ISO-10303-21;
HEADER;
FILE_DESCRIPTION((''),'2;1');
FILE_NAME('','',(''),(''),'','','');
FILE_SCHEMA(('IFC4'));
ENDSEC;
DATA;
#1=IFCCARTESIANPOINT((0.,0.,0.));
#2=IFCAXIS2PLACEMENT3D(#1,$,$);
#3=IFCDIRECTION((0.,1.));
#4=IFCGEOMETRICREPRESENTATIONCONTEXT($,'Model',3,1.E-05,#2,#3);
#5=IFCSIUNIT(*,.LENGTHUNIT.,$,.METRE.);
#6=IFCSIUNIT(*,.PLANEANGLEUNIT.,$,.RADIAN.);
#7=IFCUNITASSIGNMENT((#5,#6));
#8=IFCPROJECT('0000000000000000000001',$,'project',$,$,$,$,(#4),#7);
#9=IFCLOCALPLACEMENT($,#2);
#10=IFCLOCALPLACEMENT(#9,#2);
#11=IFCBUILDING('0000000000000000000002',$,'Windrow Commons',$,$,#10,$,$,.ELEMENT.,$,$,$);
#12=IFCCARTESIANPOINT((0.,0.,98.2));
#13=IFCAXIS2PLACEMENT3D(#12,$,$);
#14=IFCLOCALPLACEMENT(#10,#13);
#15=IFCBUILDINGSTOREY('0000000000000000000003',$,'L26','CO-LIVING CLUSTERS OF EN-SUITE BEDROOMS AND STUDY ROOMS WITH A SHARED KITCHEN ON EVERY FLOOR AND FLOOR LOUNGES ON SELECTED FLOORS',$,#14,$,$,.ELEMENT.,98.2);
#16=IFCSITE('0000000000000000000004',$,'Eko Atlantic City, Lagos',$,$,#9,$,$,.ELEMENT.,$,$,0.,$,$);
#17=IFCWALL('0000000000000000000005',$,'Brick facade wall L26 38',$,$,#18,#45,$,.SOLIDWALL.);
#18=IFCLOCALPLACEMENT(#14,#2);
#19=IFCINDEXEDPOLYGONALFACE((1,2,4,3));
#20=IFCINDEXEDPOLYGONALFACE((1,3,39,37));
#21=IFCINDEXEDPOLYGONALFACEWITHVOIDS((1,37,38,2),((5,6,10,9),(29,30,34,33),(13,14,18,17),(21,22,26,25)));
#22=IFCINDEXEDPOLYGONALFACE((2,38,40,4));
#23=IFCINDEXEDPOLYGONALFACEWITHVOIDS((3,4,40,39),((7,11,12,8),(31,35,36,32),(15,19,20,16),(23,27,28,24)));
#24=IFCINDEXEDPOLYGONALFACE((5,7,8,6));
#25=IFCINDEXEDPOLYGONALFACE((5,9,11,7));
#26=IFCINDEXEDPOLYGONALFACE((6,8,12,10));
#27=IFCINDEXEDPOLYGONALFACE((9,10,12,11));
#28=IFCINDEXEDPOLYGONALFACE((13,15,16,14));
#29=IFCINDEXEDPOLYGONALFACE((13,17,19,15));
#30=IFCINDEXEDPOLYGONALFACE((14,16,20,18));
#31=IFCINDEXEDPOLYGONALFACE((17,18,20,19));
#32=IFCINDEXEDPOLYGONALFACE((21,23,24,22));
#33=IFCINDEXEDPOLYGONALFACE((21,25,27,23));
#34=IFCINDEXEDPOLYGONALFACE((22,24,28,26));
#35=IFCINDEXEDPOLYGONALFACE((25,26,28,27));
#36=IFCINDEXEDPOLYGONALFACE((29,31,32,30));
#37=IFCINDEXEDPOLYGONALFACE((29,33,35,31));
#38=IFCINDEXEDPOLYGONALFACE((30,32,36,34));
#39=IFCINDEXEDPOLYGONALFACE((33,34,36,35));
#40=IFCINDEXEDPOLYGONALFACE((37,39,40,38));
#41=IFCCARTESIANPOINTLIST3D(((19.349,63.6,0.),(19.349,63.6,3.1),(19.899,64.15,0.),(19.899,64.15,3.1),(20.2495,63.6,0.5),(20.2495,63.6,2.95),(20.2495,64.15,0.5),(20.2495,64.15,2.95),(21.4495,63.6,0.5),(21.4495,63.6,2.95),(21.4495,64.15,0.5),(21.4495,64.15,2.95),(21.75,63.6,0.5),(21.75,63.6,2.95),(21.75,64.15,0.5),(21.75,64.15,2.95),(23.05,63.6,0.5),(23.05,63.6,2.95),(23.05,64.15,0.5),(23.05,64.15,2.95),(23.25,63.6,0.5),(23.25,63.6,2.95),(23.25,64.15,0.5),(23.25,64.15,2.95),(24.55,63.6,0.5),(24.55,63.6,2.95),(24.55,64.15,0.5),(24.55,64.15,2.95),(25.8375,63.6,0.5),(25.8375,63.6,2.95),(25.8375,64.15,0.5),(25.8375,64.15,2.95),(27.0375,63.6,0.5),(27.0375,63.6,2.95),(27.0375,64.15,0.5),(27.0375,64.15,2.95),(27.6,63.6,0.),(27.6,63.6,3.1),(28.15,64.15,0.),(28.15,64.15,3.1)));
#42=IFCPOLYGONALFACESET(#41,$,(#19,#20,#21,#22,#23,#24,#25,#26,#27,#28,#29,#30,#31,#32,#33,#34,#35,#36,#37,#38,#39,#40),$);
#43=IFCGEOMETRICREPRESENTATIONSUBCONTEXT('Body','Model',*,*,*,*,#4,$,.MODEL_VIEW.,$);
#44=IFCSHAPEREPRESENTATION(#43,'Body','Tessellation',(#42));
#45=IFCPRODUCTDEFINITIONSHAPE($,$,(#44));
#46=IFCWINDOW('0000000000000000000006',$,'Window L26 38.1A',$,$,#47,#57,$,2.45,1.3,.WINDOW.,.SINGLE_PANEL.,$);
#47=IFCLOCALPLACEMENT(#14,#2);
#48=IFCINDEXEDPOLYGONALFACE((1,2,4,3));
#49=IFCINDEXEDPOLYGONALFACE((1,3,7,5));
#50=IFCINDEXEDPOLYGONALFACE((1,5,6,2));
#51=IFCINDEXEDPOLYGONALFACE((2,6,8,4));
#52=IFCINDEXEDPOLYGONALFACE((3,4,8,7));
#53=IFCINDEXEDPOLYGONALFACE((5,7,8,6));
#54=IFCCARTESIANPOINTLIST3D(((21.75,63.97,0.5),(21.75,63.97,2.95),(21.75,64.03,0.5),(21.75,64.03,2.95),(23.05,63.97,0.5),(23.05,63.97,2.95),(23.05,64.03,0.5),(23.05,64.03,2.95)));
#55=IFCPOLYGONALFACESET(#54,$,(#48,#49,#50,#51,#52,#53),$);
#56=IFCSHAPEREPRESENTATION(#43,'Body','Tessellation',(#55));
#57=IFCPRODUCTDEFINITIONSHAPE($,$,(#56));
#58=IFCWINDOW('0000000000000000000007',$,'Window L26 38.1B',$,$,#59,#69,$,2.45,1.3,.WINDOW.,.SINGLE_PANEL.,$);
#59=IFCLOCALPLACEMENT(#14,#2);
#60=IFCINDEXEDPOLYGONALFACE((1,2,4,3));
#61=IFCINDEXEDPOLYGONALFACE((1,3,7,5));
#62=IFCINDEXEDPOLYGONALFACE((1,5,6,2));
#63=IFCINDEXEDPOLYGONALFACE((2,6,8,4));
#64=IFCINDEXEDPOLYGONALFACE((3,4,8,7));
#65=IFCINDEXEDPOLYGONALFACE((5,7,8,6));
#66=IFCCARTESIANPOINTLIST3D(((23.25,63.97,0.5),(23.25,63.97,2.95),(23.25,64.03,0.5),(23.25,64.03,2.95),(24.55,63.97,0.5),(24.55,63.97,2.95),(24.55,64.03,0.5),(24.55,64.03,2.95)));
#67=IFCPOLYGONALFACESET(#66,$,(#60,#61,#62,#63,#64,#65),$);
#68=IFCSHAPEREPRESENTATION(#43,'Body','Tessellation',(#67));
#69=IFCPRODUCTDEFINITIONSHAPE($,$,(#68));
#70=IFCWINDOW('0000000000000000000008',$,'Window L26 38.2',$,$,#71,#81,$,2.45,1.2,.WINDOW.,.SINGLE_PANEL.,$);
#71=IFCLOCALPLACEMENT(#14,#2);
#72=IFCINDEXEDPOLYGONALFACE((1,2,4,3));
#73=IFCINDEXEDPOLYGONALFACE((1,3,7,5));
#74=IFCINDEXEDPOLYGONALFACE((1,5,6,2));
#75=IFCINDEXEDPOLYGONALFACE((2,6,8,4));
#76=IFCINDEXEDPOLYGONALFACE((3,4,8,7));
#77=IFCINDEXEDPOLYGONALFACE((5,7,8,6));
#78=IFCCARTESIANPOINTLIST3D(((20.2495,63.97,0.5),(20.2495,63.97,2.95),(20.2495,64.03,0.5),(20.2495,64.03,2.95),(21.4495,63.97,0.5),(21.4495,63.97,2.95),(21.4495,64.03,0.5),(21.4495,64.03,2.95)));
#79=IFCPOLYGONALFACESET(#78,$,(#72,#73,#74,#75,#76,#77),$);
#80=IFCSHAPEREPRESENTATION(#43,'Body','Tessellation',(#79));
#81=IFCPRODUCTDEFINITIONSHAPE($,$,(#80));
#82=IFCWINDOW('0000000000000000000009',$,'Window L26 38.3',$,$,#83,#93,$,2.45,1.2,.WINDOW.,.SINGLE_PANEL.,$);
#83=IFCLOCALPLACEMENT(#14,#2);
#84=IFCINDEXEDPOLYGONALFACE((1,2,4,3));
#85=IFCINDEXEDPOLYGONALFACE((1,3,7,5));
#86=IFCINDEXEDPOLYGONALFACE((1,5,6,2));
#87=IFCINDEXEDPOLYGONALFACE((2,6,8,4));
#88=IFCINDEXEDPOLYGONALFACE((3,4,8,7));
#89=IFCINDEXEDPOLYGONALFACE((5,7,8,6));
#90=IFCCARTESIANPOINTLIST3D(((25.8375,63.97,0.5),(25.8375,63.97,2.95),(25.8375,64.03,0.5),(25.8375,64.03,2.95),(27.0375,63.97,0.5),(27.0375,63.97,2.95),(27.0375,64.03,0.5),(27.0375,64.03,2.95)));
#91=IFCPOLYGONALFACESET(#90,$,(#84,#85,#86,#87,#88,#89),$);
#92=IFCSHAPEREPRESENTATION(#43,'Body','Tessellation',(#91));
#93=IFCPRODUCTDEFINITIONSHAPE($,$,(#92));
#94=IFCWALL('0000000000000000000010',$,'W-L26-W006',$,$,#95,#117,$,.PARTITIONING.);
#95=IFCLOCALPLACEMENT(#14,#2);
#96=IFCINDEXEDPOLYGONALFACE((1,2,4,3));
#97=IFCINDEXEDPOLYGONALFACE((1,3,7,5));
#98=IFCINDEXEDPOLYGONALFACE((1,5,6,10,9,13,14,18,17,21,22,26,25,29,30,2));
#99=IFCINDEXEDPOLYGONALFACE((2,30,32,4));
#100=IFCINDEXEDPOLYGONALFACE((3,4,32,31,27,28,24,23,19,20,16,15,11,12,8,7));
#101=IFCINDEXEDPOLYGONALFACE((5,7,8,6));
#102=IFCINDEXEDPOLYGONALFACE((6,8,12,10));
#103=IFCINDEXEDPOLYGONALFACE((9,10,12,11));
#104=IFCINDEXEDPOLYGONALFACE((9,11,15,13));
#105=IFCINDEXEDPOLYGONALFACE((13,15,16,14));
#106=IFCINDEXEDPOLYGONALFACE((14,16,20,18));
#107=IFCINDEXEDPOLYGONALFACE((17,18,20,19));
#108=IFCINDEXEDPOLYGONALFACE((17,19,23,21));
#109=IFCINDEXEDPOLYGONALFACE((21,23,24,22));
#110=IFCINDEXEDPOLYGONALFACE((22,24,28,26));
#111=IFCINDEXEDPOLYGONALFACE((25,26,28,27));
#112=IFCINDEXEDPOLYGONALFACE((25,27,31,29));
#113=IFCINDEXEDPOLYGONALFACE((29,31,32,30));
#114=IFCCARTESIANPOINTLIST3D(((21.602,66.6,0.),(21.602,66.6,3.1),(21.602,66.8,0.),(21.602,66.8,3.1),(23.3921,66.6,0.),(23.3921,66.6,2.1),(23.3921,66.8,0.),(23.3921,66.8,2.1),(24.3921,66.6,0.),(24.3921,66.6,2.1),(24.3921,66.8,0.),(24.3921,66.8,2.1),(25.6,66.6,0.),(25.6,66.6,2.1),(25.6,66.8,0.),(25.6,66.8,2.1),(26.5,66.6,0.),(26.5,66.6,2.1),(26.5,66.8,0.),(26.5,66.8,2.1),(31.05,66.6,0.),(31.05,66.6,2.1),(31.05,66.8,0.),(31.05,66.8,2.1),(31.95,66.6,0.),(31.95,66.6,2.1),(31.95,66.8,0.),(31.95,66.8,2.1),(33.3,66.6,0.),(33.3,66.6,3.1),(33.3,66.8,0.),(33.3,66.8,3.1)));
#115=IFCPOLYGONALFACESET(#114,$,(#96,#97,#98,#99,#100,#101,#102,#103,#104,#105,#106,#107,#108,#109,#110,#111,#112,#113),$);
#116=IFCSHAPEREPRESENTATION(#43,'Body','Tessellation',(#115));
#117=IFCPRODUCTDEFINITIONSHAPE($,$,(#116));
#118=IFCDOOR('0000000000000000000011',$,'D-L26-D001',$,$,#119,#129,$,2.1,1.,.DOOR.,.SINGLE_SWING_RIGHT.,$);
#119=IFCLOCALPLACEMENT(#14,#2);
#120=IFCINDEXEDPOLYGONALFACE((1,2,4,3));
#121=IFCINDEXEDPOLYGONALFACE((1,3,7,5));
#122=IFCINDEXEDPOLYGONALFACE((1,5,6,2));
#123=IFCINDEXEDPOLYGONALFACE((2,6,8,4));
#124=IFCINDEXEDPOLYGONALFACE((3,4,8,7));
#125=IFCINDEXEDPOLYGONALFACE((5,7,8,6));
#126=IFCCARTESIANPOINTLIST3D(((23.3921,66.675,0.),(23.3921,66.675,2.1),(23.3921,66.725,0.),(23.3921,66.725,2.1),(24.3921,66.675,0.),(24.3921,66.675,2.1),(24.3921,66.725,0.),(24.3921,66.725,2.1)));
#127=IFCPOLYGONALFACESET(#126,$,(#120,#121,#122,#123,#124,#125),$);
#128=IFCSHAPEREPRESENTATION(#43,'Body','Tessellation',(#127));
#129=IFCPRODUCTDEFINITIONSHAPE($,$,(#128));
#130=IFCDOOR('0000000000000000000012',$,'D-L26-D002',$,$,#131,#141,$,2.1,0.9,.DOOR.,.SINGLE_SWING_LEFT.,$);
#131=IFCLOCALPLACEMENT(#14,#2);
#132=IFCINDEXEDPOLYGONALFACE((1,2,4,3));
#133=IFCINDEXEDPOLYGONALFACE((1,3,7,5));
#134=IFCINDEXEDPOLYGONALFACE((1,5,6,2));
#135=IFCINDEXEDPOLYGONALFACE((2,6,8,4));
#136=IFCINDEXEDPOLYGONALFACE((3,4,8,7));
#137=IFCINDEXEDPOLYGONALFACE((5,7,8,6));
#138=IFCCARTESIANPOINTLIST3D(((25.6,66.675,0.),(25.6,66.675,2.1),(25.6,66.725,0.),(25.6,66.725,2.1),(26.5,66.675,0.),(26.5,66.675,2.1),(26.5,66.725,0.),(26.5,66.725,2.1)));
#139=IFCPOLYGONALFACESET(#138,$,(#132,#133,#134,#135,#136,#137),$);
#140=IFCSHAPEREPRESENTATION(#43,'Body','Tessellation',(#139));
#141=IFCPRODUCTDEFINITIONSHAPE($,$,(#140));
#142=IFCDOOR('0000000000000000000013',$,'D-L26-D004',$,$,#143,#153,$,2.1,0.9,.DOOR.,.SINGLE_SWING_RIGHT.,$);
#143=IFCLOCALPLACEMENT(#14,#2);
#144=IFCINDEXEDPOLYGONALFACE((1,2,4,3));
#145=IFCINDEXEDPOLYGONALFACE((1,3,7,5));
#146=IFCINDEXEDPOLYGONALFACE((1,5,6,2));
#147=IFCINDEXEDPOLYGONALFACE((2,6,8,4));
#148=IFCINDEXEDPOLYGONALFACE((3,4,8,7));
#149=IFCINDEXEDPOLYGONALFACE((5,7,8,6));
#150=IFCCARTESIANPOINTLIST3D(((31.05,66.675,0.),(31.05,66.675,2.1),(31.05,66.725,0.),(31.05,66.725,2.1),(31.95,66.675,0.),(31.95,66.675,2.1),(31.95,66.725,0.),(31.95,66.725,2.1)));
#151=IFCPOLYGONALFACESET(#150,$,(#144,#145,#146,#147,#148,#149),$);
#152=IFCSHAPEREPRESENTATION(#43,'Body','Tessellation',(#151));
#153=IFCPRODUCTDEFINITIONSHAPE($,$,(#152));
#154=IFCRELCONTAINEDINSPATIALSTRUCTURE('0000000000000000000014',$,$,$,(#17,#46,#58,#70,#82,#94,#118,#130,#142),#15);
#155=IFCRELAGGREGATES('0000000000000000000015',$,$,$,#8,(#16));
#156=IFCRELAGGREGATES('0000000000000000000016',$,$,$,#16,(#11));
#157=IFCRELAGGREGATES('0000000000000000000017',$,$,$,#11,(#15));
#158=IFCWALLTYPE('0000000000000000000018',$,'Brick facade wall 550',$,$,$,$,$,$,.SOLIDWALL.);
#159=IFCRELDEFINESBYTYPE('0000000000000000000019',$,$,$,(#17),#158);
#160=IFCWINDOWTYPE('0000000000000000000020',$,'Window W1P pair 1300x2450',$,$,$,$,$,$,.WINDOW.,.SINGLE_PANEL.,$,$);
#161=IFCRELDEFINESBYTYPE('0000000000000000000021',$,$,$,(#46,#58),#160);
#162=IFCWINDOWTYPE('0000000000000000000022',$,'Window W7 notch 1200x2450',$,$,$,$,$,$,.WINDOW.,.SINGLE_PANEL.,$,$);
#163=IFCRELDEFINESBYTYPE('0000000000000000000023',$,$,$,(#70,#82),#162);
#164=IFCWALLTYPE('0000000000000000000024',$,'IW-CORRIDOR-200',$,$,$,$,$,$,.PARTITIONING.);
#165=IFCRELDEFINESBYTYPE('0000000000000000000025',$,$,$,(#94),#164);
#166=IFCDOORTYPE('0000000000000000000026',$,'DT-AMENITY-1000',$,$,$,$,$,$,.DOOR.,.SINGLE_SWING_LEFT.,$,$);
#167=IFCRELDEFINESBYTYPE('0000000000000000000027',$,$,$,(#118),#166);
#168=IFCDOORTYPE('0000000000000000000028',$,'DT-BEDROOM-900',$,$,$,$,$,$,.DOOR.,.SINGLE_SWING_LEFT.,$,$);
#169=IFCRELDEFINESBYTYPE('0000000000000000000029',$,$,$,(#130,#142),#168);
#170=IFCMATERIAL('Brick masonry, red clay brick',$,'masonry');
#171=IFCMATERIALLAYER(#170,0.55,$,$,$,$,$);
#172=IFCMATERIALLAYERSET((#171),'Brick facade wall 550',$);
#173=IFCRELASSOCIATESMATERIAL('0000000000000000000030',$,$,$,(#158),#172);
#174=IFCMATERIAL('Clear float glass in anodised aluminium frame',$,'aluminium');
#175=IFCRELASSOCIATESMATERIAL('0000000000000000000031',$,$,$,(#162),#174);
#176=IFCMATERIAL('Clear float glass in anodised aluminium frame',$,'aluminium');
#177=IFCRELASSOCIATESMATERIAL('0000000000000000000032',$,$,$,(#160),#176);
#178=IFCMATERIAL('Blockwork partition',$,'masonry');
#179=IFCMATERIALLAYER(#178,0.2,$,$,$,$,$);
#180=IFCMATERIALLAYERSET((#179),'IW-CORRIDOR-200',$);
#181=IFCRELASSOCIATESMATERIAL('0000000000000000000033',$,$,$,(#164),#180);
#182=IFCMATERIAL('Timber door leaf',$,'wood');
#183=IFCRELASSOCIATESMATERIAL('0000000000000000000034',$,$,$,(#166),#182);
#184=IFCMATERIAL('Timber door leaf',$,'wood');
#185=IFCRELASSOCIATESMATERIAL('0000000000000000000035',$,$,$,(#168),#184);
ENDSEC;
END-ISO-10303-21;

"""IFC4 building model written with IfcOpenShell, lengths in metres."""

from ifc_helpers import new_model, si_unit, direction, frame, frame_2d, origin, place, context, subcontext, project, spatial, polyline, rectangle, outline, extrude, material, layer, layer_set, type_object, element, fill, save


model = new_model("IFC4")

# Units and contexts
model_context = context("Model", 3, precision=1e-05, world=origin(), true_north=direction((0.0, 1.0)))
body_context = subcontext(model_context, "Body", "Model", "MODEL_VIEW")
ifc_project = project(units=[si_unit("LENGTHUNIT", "METRE"), si_unit("PLANEANGLEUNIT", "RADIAN")], contexts=[model_context])

# Site, building, storey
site_placement = place(None, origin())
site = spatial("IfcSite", under=ifc_project, at=site_placement, Name="Eko Atlantic City, Lagos", CompositionType="ELEMENT", RefElevation=0.0)
building_placement = place(site_placement, origin())
building = spatial("IfcBuilding", under=site, at=building_placement, Name="Windrow Commons", CompositionType="ELEMENT")
storey_placement = place(building_placement, frame((0.0, 0.0, 98.2)))
storey = spatial("IfcBuildingStorey", under=building, at=storey_placement, Name="L26", Description="CO-LIVING CLUSTERS OF EN-SUITE BEDROOMS AND STUDY ROOMS WITH A SHARED KITCHEN ON EVERY FLOOR AND FLOOR LOUNGES ON SELECTED FLOORS", CompositionType="ELEMENT", Elevation=98.2)

# Shared definitions
ifc_material_1 = material(Name="Brick masonry, red clay brick", Category="masonry")
ifc_layer_1 = layer(ifc_material_1, 0.55)
ifc_layer_set_1 = layer_set([ifc_layer_1], Name="Brick facade wall 550")
wall_type_1 = type_object("IfcWallType", Name="Brick facade wall 550", PredefinedType="SOLIDWALL", material=ifc_layer_set_1)
ifc_material_2 = material(Name="Clear float glass in anodised aluminium frame", Category="aluminium")
window_type_1 = type_object("IfcWindowType", Name="Window W7 notch 1200x2450", PartitioningType="SINGLE_PANEL", PredefinedType="WINDOW", material=ifc_material_2)

# Wall, openings, windows
ifc_material_3 = material(Name="Clear float glass in anodised aluminium frame", Category="aluminium")
window_type_2 = type_object("IfcWindowType", Name="Window W1P pair 1300x2450", PartitioningType="SINGLE_PANEL", PredefinedType="WINDOW", material=ifc_material_3)
wall_1_placement = place(storey_placement, frame((19.624, 63.875, 0.0), z_axis=(0.0, 0.0, 1.0), x_axis=(1.0, 0.0, 0.0)))
wall_1 = element("IfcWall", 1, at=wall_1_placement, inside=storey, type_object=wall_type_1, Name="Brick facade wall L26 38", PredefinedType="SOLIDWALL", context=body_context, shape_type="SweptSolid", body=[
    extrude(outline(polyline([(-0.275, -0.275), (7.976, -0.275), (8.526, 0.275), (0.275, 0.275), (-0.275, -0.275)])), origin(), (0.0, 0.0, 1.0), 3.1),
])
opening_1_placement = place(wall_1_placement, frame((2.126, 0.0, 0.5)))
opening_1 = element("IfcOpeningElement", 2, at=opening_1_placement, cuts=wall_1, PredefinedType="OPENING", context=body_context, shape_type="SweptSolid", body=[
    extrude(rectangle(XDim=1.3, YDim=2.45, at=frame_2d((0.65, 1.225))), frame((0.0, 0.285, 0.0), z_axis=(0.0, -1.0, 0.0), x_axis=(1.0, 0.0, 0.0)), (0.0, 0.0, 1.0), 0.57),
])
opening_2_placement = place(wall_1_placement, frame((3.626, 0.0, 0.5)))
opening_2 = element("IfcOpeningElement", 3, at=opening_2_placement, cuts=wall_1, PredefinedType="OPENING", context=body_context, shape_type="SweptSolid", body=[
    extrude(rectangle(XDim=1.3, YDim=2.45, at=frame_2d((0.65, 1.225))), frame((0.0, 0.285, 0.0), z_axis=(0.0, -1.0, 0.0), x_axis=(1.0, 0.0, 0.0)), (0.0, 0.0, 1.0), 0.57),
])
opening_3_placement = place(wall_1_placement, frame((0.6255, 0.0, 0.5)))
opening_3 = element("IfcOpeningElement", 4, at=opening_3_placement, cuts=wall_1, PredefinedType="OPENING", context=body_context, shape_type="SweptSolid", body=[
    extrude(rectangle(XDim=1.2, YDim=2.45, at=frame_2d((0.6, 1.225))), frame((0.0, 0.285, 0.0), z_axis=(0.0, -1.0, 0.0), x_axis=(1.0, 0.0, 0.0)), (0.0, 0.0, 1.0), 0.57),
])
opening_4_placement = place(wall_1_placement, frame((6.2135, 0.0, 0.5)))
opening_4 = element("IfcOpeningElement", 5, at=opening_4_placement, cuts=wall_1, PredefinedType="OPENING", context=body_context, shape_type="SweptSolid", body=[
    extrude(rectangle(XDim=1.2, YDim=2.45, at=frame_2d((0.6, 1.225))), frame((0.0, 0.285, 0.0), z_axis=(0.0, -1.0, 0.0), x_axis=(1.0, 0.0, 0.0)), (0.0, 0.0, 1.0), 0.57),
])
window_1_placement = place(opening_1_placement, origin())
window_1 = element("IfcWindow", 6, at=window_1_placement, inside=storey, type_object=window_type_2, Name="Window L26 38.1A", OverallHeight=2.45, OverallWidth=1.3, PartitioningType="SINGLE_PANEL", PredefinedType="WINDOW", context=body_context, shape_type="SweptSolid", body=[
    extrude(rectangle(XDim=1.3, YDim=2.45, at=frame_2d((0.65, 1.225))), frame((0.0, 0.155, 0.0), z_axis=(0.0, -1.0, 0.0), x_axis=(1.0, 0.0, 0.0)), (0.0, 0.0, 1.0), 0.06),
])
fill(opening_1, window_1)
window_2_placement = place(opening_2_placement, origin())
window_2 = element("IfcWindow", 7, at=window_2_placement, inside=storey, type_object=window_type_2, Name="Window L26 38.1B", OverallHeight=2.45, OverallWidth=1.3, PartitioningType="SINGLE_PANEL", PredefinedType="WINDOW", context=body_context, shape_type="SweptSolid", body=[
    extrude(rectangle(XDim=1.3, YDim=2.45, at=frame_2d((0.65, 1.225))), frame((0.0, 0.155, 0.0), z_axis=(0.0, -1.0, 0.0), x_axis=(1.0, 0.0, 0.0)), (0.0, 0.0, 1.0), 0.06),
])
fill(opening_2, window_2)
window_3_placement = place(opening_3_placement, origin())
window_3 = element("IfcWindow", 8, at=window_3_placement, inside=storey, type_object=window_type_1, Name="Window L26 38.2", OverallHeight=2.45, OverallWidth=1.2, PartitioningType="SINGLE_PANEL", PredefinedType="WINDOW", context=body_context, shape_type="SweptSolid", body=[
    extrude(rectangle(XDim=1.2, YDim=2.45, at=frame_2d((0.6, 1.225))), frame((0.0, 0.155, 0.0), z_axis=(0.0, -1.0, 0.0), x_axis=(1.0, 0.0, 0.0)), (0.0, 0.0, 1.0), 0.06),
])
fill(opening_3, window_3)
window_4_placement = place(opening_4_placement, origin())
window_4 = element("IfcWindow", 9, at=window_4_placement, inside=storey, type_object=window_type_1, Name="Window L26 38.3", OverallHeight=2.45, OverallWidth=1.2, PartitioningType="SINGLE_PANEL", PredefinedType="WINDOW", context=body_context, shape_type="SweptSolid", body=[
    extrude(rectangle(XDim=1.2, YDim=2.45, at=frame_2d((0.6, 1.225))), frame((0.0, 0.155, 0.0), z_axis=(0.0, -1.0, 0.0), x_axis=(1.0, 0.0, 0.0)), (0.0, 0.0, 1.0), 0.06),
])
fill(opening_4, window_4)

# Wall, openings, doors
ifc_material_4 = material(Name="Blockwork partition", Category="masonry")
ifc_layer_2 = layer(ifc_material_4, 0.2)
ifc_layer_set_2 = layer_set([ifc_layer_2], Name="IW-CORRIDOR-200")
wall_type_2 = type_object("IfcWallType", Name="IW-CORRIDOR-200", PredefinedType="PARTITIONING", material=ifc_layer_set_2)
wall_2_placement = place(storey_placement, frame((21.602, 66.7, 0.0), z_axis=(0.0, 0.0, 1.0), x_axis=(1.0, 0.0, 0.0)))
wall_2 = element("IfcWall", 10, at=wall_2_placement, inside=storey, type_object=wall_type_2, Name="W-L26-W006", PredefinedType="PARTITIONING", context=body_context, shape_type="SweptSolid", body=[
    extrude(rectangle(XDim=11.698, YDim=0.2, at=frame_2d((5.849, 0.0))), origin(), (0.0, 0.0, 1.0), 3.1),
])
opening_5_placement = place(wall_2_placement, frame((1.7901, 0.0, 0.0)))
opening_5 = element("IfcOpeningElement", 11, at=opening_5_placement, cuts=wall_2, PredefinedType="OPENING", context=body_context, shape_type="SweptSolid", body=[
    extrude(rectangle(XDim=1.0, YDim=2.1, at=frame_2d((0.5, 1.05))), frame((0.0, 0.11, 0.0), z_axis=(0.0, -1.0, 0.0), x_axis=(1.0, 0.0, 0.0)), (0.0, 0.0, 1.0), 0.22),
])
opening_6_placement = place(wall_2_placement, frame((3.998, 0.0, 0.0)))
opening_6 = element("IfcOpeningElement", 12, at=opening_6_placement, cuts=wall_2, PredefinedType="OPENING", context=body_context, shape_type="SweptSolid", body=[
    extrude(rectangle(XDim=0.9, YDim=2.1, at=frame_2d((0.45, 1.05))), frame((0.0, 0.11, 0.0), z_axis=(0.0, -1.0, 0.0), x_axis=(1.0, 0.0, 0.0)), (0.0, 0.0, 1.0), 0.22),
])
opening_7_placement = place(wall_2_placement, frame((9.448, 0.0, 0.0)))
opening_7 = element("IfcOpeningElement", 13, at=opening_7_placement, cuts=wall_2, PredefinedType="OPENING", context=body_context, shape_type="SweptSolid", body=[
    extrude(rectangle(XDim=0.9, YDim=2.1, at=frame_2d((0.45, 1.05))), frame((0.0, 0.11, 0.0), z_axis=(0.0, -1.0, 0.0), x_axis=(1.0, 0.0, 0.0)), (0.0, 0.0, 1.0), 0.22),
])
ifc_material_5 = material(Name="Timber door leaf", Category="wood")
door_type_1 = type_object("IfcDoorType", Name="DT-AMENITY-1000", OperationType="SINGLE_SWING_LEFT", PredefinedType="DOOR", material=ifc_material_5)
door_1_placement = place(opening_5_placement, origin())
door_1 = element("IfcDoor", 14, at=door_1_placement, inside=storey, type_object=door_type_1, Name="D-L26-D001", OperationType="SINGLE_SWING_RIGHT", OverallHeight=2.1, OverallWidth=1.0, PredefinedType="DOOR", context=body_context, shape_type="SweptSolid", body=[
    extrude(rectangle(XDim=1.0, YDim=2.1, at=frame_2d((0.5, 1.05))), frame((0.0, 0.025, 0.0), z_axis=(0.0, -1.0, 0.0), x_axis=(1.0, 0.0, 0.0)), (0.0, 0.0, 1.0), 0.05),
])
fill(opening_5, door_1)
ifc_material_6 = material(Name="Timber door leaf", Category="wood")
door_type_2 = type_object("IfcDoorType", Name="DT-BEDROOM-900", OperationType="SINGLE_SWING_LEFT", PredefinedType="DOOR", material=ifc_material_6)
door_2_placement = place(opening_6_placement, origin())
door_2 = element("IfcDoor", 15, at=door_2_placement, inside=storey, type_object=door_type_2, Name="D-L26-D002", OperationType="SINGLE_SWING_LEFT", OverallHeight=2.1, OverallWidth=0.9, PredefinedType="DOOR", context=body_context, shape_type="SweptSolid", body=[
    extrude(rectangle(XDim=0.9, YDim=2.1, at=frame_2d((0.45, 1.05))), frame((0.0, 0.025, 0.0), z_axis=(0.0, -1.0, 0.0), x_axis=(1.0, 0.0, 0.0)), (0.0, 0.0, 1.0), 0.05),
])
fill(opening_6, door_2)
door_3_placement = place(opening_7_placement, origin())
door_3 = element("IfcDoor", 16, at=door_3_placement, inside=storey, type_object=door_type_2, Name="D-L26-D004", OperationType="SINGLE_SWING_RIGHT", OverallHeight=2.1, OverallWidth=0.9, PredefinedType="DOOR", context=body_context, shape_type="SweptSolid", body=[
    extrude(rectangle(XDim=0.9, YDim=2.1, at=frame_2d((0.45, 1.05))), frame((0.0, 0.025, 0.0), z_axis=(0.0, -1.0, 0.0), x_axis=(1.0, 0.0, 0.0)), (0.0, 0.0, 1.0), 0.05),
])
fill(opening_7, door_3)

save(model, "model.ifc")
